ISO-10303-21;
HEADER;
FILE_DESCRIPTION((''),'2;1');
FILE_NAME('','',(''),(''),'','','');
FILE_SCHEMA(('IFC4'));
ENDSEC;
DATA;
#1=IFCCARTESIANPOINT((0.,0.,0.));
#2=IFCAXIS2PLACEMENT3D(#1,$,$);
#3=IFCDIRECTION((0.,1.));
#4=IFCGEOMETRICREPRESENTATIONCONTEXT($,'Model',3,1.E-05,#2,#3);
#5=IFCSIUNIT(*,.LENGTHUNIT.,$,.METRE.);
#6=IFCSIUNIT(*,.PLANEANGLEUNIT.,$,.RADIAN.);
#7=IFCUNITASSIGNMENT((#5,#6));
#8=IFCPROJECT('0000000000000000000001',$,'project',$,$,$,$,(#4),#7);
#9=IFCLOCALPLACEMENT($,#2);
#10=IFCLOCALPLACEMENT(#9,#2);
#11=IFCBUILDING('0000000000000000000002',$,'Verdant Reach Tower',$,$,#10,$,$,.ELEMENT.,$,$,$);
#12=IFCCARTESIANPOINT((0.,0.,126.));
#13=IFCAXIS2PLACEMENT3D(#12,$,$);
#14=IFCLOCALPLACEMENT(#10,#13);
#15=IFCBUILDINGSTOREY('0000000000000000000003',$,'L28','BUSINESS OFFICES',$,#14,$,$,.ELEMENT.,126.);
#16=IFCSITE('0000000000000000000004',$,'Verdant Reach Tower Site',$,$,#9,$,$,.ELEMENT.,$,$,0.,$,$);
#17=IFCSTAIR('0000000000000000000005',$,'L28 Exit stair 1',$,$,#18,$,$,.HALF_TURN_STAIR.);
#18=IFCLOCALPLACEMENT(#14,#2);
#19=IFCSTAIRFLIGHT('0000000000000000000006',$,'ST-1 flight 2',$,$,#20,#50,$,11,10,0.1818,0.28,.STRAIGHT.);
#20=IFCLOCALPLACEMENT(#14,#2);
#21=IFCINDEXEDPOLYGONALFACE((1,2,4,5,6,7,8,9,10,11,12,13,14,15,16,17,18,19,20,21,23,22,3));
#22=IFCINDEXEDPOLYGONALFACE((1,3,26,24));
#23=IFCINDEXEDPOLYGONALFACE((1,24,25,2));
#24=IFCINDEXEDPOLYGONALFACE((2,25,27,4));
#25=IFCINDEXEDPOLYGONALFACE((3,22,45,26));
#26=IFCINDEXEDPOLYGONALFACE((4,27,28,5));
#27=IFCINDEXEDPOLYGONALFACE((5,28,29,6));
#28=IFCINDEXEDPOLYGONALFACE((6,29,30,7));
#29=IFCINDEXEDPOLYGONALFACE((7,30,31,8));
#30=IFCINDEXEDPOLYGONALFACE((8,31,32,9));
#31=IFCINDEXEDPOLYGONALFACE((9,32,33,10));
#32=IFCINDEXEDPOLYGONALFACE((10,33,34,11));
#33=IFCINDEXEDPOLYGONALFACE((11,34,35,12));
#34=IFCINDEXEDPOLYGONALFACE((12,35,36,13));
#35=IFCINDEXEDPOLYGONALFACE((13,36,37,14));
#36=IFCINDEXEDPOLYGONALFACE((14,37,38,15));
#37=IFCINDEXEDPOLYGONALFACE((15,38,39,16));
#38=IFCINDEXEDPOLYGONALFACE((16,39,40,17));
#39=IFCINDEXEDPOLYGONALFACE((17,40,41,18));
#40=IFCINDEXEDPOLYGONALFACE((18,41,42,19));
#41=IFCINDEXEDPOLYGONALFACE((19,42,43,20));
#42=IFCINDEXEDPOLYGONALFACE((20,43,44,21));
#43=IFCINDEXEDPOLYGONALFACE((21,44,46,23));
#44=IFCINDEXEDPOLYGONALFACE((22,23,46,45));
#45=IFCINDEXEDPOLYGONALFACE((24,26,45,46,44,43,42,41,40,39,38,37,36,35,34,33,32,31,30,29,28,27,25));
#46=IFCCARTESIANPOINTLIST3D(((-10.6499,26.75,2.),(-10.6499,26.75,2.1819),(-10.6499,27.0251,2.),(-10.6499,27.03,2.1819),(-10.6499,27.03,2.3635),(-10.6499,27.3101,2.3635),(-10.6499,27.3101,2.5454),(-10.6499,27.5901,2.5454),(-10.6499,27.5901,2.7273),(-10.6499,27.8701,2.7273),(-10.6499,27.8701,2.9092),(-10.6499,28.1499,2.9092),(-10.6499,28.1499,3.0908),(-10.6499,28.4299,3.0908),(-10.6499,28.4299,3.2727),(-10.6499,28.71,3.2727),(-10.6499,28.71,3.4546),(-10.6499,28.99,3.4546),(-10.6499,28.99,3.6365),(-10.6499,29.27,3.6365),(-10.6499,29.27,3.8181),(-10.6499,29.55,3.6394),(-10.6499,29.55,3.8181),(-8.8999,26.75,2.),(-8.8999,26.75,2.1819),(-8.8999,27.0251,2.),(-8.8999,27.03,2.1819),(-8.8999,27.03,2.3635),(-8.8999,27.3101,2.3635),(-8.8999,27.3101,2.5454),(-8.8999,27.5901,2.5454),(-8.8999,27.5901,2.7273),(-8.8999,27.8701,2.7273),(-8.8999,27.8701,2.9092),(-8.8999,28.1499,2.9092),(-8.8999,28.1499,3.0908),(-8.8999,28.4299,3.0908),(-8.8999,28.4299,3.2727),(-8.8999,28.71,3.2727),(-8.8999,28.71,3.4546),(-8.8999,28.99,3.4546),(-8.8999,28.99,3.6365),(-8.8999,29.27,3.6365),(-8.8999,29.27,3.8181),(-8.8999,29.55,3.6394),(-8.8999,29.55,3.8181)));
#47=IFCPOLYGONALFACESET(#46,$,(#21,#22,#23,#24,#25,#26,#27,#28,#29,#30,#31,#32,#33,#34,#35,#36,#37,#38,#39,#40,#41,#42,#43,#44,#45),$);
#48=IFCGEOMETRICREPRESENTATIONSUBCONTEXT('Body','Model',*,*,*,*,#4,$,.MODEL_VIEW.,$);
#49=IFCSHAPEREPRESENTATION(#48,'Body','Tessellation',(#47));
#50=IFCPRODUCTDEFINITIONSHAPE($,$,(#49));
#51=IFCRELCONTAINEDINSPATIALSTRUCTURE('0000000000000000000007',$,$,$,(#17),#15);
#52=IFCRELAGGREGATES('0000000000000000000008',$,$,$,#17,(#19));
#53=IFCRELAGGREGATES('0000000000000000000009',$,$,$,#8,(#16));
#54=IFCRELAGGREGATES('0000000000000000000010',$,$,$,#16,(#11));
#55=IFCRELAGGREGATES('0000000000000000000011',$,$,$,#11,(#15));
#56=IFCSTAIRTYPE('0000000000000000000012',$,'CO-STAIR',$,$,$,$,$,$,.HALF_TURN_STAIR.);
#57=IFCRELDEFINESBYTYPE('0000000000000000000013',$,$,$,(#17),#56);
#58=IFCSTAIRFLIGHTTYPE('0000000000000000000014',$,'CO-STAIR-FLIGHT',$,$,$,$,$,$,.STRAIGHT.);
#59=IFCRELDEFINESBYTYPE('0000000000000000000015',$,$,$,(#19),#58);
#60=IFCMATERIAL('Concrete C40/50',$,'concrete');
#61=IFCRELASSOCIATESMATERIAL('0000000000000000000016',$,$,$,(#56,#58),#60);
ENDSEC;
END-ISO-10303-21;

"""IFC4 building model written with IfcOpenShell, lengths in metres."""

from ifc_helpers import new_model, si_unit, direction, frame, origin, place, context, subcontext, project, spatial, polyline, outline, extrude, material, type_object, element, aggregate, save


model = new_model("IFC4")

# Units and contexts
model_context = context("Model", 3, precision=1e-05, world=origin(), true_north=direction((0.0, 1.0)))
body_context = subcontext(model_context, "Body", "Model", "MODEL_VIEW")
ifc_project = project(units=[si_unit("LENGTHUNIT", "METRE"), si_unit("PLANEANGLEUNIT", "RADIAN")], contexts=[model_context])

# Site, building, storey
site_placement = place(None, origin())
site = spatial("IfcSite", under=ifc_project, at=site_placement, Name="Verdant Reach Tower Site", CompositionType="ELEMENT", RefElevation=0.0)
building_placement = place(site_placement, origin())
building = spatial("IfcBuilding", under=site, at=building_placement, Name="Verdant Reach Tower", CompositionType="ELEMENT")
storey_placement = place(building_placement, frame((0.0, 0.0, 126.0)))
storey = spatial("IfcBuildingStorey", under=building, at=storey_placement, Name="L28", Description="BUSINESS OFFICES", CompositionType="ELEMENT", Elevation=126.0)

# Shared definitions
ifc_material_1 = material(Name="Concrete C40/50", Category="concrete")

# Stair, stair flight
stair_type = type_object("IfcStairType", Name="CO-STAIR", PredefinedType="HALF_TURN_STAIR", material=ifc_material_1)
stair_placement = place(storey_placement, origin())
stair = element("IfcStair", 1, at=stair_placement, inside=storey, type_object=stair_type, Name="L28 Exit stair 1", PredefinedType="HALF_TURN_STAIR")
stair_flight_type = type_object("IfcStairFlightType", Name="CO-STAIR-FLIGHT", PredefinedType="STRAIGHT", material=ifc_material_1)
stair_flight_1_placement = place(storey_placement, frame((-9.7749, 26.75, 2.0), z_axis=(0.0, 0.0, 1.0), x_axis=(0.0, 1.0, 0.0)))
stair_flight_1 = element("IfcStairFlight", 2, at=stair_flight_1_placement, type_object=stair_flight_type, Name="ST-1 flight 2", NumberOfRisers=11, NumberOfTreads=10, PredefinedType="STRAIGHT", RiserHeight=0.1818, TreadLength=0.28, context=body_context, shape_type="SweptSolid", body=[
    extrude(outline(polyline([(0.0, 0.0), (0.0, 0.1819), (0.28, 0.1819), (0.28, 0.3635), (0.5601, 0.3635), (0.5601, 0.5454), (0.8401, 0.5454), (0.8401, 0.7273), (1.1201, 0.7273), (1.1201, 0.9092), (1.3999, 0.9092), (1.3999, 1.0908), (1.6799, 1.0908), (1.6799, 1.2727), (1.96, 1.2727), (1.96, 1.4546), (2.24, 1.4546), (2.24, 1.6365), (2.52, 1.6365), (2.52, 1.8181), (2.8, 1.8181), (2.8, 2.0), (2.8, 1.6394), (0.2751, 0.0), (0.0, 0.0)])), frame((0.0, 0.875, 0.0), z_axis=(0.0, -1.0, 0.0), x_axis=(1.0, 0.0, 0.0)), (0.0, 0.0, 1.0), 1.75),
])
aggregate(stair, [stair_flight_1])

save(model, "model.ifc")
